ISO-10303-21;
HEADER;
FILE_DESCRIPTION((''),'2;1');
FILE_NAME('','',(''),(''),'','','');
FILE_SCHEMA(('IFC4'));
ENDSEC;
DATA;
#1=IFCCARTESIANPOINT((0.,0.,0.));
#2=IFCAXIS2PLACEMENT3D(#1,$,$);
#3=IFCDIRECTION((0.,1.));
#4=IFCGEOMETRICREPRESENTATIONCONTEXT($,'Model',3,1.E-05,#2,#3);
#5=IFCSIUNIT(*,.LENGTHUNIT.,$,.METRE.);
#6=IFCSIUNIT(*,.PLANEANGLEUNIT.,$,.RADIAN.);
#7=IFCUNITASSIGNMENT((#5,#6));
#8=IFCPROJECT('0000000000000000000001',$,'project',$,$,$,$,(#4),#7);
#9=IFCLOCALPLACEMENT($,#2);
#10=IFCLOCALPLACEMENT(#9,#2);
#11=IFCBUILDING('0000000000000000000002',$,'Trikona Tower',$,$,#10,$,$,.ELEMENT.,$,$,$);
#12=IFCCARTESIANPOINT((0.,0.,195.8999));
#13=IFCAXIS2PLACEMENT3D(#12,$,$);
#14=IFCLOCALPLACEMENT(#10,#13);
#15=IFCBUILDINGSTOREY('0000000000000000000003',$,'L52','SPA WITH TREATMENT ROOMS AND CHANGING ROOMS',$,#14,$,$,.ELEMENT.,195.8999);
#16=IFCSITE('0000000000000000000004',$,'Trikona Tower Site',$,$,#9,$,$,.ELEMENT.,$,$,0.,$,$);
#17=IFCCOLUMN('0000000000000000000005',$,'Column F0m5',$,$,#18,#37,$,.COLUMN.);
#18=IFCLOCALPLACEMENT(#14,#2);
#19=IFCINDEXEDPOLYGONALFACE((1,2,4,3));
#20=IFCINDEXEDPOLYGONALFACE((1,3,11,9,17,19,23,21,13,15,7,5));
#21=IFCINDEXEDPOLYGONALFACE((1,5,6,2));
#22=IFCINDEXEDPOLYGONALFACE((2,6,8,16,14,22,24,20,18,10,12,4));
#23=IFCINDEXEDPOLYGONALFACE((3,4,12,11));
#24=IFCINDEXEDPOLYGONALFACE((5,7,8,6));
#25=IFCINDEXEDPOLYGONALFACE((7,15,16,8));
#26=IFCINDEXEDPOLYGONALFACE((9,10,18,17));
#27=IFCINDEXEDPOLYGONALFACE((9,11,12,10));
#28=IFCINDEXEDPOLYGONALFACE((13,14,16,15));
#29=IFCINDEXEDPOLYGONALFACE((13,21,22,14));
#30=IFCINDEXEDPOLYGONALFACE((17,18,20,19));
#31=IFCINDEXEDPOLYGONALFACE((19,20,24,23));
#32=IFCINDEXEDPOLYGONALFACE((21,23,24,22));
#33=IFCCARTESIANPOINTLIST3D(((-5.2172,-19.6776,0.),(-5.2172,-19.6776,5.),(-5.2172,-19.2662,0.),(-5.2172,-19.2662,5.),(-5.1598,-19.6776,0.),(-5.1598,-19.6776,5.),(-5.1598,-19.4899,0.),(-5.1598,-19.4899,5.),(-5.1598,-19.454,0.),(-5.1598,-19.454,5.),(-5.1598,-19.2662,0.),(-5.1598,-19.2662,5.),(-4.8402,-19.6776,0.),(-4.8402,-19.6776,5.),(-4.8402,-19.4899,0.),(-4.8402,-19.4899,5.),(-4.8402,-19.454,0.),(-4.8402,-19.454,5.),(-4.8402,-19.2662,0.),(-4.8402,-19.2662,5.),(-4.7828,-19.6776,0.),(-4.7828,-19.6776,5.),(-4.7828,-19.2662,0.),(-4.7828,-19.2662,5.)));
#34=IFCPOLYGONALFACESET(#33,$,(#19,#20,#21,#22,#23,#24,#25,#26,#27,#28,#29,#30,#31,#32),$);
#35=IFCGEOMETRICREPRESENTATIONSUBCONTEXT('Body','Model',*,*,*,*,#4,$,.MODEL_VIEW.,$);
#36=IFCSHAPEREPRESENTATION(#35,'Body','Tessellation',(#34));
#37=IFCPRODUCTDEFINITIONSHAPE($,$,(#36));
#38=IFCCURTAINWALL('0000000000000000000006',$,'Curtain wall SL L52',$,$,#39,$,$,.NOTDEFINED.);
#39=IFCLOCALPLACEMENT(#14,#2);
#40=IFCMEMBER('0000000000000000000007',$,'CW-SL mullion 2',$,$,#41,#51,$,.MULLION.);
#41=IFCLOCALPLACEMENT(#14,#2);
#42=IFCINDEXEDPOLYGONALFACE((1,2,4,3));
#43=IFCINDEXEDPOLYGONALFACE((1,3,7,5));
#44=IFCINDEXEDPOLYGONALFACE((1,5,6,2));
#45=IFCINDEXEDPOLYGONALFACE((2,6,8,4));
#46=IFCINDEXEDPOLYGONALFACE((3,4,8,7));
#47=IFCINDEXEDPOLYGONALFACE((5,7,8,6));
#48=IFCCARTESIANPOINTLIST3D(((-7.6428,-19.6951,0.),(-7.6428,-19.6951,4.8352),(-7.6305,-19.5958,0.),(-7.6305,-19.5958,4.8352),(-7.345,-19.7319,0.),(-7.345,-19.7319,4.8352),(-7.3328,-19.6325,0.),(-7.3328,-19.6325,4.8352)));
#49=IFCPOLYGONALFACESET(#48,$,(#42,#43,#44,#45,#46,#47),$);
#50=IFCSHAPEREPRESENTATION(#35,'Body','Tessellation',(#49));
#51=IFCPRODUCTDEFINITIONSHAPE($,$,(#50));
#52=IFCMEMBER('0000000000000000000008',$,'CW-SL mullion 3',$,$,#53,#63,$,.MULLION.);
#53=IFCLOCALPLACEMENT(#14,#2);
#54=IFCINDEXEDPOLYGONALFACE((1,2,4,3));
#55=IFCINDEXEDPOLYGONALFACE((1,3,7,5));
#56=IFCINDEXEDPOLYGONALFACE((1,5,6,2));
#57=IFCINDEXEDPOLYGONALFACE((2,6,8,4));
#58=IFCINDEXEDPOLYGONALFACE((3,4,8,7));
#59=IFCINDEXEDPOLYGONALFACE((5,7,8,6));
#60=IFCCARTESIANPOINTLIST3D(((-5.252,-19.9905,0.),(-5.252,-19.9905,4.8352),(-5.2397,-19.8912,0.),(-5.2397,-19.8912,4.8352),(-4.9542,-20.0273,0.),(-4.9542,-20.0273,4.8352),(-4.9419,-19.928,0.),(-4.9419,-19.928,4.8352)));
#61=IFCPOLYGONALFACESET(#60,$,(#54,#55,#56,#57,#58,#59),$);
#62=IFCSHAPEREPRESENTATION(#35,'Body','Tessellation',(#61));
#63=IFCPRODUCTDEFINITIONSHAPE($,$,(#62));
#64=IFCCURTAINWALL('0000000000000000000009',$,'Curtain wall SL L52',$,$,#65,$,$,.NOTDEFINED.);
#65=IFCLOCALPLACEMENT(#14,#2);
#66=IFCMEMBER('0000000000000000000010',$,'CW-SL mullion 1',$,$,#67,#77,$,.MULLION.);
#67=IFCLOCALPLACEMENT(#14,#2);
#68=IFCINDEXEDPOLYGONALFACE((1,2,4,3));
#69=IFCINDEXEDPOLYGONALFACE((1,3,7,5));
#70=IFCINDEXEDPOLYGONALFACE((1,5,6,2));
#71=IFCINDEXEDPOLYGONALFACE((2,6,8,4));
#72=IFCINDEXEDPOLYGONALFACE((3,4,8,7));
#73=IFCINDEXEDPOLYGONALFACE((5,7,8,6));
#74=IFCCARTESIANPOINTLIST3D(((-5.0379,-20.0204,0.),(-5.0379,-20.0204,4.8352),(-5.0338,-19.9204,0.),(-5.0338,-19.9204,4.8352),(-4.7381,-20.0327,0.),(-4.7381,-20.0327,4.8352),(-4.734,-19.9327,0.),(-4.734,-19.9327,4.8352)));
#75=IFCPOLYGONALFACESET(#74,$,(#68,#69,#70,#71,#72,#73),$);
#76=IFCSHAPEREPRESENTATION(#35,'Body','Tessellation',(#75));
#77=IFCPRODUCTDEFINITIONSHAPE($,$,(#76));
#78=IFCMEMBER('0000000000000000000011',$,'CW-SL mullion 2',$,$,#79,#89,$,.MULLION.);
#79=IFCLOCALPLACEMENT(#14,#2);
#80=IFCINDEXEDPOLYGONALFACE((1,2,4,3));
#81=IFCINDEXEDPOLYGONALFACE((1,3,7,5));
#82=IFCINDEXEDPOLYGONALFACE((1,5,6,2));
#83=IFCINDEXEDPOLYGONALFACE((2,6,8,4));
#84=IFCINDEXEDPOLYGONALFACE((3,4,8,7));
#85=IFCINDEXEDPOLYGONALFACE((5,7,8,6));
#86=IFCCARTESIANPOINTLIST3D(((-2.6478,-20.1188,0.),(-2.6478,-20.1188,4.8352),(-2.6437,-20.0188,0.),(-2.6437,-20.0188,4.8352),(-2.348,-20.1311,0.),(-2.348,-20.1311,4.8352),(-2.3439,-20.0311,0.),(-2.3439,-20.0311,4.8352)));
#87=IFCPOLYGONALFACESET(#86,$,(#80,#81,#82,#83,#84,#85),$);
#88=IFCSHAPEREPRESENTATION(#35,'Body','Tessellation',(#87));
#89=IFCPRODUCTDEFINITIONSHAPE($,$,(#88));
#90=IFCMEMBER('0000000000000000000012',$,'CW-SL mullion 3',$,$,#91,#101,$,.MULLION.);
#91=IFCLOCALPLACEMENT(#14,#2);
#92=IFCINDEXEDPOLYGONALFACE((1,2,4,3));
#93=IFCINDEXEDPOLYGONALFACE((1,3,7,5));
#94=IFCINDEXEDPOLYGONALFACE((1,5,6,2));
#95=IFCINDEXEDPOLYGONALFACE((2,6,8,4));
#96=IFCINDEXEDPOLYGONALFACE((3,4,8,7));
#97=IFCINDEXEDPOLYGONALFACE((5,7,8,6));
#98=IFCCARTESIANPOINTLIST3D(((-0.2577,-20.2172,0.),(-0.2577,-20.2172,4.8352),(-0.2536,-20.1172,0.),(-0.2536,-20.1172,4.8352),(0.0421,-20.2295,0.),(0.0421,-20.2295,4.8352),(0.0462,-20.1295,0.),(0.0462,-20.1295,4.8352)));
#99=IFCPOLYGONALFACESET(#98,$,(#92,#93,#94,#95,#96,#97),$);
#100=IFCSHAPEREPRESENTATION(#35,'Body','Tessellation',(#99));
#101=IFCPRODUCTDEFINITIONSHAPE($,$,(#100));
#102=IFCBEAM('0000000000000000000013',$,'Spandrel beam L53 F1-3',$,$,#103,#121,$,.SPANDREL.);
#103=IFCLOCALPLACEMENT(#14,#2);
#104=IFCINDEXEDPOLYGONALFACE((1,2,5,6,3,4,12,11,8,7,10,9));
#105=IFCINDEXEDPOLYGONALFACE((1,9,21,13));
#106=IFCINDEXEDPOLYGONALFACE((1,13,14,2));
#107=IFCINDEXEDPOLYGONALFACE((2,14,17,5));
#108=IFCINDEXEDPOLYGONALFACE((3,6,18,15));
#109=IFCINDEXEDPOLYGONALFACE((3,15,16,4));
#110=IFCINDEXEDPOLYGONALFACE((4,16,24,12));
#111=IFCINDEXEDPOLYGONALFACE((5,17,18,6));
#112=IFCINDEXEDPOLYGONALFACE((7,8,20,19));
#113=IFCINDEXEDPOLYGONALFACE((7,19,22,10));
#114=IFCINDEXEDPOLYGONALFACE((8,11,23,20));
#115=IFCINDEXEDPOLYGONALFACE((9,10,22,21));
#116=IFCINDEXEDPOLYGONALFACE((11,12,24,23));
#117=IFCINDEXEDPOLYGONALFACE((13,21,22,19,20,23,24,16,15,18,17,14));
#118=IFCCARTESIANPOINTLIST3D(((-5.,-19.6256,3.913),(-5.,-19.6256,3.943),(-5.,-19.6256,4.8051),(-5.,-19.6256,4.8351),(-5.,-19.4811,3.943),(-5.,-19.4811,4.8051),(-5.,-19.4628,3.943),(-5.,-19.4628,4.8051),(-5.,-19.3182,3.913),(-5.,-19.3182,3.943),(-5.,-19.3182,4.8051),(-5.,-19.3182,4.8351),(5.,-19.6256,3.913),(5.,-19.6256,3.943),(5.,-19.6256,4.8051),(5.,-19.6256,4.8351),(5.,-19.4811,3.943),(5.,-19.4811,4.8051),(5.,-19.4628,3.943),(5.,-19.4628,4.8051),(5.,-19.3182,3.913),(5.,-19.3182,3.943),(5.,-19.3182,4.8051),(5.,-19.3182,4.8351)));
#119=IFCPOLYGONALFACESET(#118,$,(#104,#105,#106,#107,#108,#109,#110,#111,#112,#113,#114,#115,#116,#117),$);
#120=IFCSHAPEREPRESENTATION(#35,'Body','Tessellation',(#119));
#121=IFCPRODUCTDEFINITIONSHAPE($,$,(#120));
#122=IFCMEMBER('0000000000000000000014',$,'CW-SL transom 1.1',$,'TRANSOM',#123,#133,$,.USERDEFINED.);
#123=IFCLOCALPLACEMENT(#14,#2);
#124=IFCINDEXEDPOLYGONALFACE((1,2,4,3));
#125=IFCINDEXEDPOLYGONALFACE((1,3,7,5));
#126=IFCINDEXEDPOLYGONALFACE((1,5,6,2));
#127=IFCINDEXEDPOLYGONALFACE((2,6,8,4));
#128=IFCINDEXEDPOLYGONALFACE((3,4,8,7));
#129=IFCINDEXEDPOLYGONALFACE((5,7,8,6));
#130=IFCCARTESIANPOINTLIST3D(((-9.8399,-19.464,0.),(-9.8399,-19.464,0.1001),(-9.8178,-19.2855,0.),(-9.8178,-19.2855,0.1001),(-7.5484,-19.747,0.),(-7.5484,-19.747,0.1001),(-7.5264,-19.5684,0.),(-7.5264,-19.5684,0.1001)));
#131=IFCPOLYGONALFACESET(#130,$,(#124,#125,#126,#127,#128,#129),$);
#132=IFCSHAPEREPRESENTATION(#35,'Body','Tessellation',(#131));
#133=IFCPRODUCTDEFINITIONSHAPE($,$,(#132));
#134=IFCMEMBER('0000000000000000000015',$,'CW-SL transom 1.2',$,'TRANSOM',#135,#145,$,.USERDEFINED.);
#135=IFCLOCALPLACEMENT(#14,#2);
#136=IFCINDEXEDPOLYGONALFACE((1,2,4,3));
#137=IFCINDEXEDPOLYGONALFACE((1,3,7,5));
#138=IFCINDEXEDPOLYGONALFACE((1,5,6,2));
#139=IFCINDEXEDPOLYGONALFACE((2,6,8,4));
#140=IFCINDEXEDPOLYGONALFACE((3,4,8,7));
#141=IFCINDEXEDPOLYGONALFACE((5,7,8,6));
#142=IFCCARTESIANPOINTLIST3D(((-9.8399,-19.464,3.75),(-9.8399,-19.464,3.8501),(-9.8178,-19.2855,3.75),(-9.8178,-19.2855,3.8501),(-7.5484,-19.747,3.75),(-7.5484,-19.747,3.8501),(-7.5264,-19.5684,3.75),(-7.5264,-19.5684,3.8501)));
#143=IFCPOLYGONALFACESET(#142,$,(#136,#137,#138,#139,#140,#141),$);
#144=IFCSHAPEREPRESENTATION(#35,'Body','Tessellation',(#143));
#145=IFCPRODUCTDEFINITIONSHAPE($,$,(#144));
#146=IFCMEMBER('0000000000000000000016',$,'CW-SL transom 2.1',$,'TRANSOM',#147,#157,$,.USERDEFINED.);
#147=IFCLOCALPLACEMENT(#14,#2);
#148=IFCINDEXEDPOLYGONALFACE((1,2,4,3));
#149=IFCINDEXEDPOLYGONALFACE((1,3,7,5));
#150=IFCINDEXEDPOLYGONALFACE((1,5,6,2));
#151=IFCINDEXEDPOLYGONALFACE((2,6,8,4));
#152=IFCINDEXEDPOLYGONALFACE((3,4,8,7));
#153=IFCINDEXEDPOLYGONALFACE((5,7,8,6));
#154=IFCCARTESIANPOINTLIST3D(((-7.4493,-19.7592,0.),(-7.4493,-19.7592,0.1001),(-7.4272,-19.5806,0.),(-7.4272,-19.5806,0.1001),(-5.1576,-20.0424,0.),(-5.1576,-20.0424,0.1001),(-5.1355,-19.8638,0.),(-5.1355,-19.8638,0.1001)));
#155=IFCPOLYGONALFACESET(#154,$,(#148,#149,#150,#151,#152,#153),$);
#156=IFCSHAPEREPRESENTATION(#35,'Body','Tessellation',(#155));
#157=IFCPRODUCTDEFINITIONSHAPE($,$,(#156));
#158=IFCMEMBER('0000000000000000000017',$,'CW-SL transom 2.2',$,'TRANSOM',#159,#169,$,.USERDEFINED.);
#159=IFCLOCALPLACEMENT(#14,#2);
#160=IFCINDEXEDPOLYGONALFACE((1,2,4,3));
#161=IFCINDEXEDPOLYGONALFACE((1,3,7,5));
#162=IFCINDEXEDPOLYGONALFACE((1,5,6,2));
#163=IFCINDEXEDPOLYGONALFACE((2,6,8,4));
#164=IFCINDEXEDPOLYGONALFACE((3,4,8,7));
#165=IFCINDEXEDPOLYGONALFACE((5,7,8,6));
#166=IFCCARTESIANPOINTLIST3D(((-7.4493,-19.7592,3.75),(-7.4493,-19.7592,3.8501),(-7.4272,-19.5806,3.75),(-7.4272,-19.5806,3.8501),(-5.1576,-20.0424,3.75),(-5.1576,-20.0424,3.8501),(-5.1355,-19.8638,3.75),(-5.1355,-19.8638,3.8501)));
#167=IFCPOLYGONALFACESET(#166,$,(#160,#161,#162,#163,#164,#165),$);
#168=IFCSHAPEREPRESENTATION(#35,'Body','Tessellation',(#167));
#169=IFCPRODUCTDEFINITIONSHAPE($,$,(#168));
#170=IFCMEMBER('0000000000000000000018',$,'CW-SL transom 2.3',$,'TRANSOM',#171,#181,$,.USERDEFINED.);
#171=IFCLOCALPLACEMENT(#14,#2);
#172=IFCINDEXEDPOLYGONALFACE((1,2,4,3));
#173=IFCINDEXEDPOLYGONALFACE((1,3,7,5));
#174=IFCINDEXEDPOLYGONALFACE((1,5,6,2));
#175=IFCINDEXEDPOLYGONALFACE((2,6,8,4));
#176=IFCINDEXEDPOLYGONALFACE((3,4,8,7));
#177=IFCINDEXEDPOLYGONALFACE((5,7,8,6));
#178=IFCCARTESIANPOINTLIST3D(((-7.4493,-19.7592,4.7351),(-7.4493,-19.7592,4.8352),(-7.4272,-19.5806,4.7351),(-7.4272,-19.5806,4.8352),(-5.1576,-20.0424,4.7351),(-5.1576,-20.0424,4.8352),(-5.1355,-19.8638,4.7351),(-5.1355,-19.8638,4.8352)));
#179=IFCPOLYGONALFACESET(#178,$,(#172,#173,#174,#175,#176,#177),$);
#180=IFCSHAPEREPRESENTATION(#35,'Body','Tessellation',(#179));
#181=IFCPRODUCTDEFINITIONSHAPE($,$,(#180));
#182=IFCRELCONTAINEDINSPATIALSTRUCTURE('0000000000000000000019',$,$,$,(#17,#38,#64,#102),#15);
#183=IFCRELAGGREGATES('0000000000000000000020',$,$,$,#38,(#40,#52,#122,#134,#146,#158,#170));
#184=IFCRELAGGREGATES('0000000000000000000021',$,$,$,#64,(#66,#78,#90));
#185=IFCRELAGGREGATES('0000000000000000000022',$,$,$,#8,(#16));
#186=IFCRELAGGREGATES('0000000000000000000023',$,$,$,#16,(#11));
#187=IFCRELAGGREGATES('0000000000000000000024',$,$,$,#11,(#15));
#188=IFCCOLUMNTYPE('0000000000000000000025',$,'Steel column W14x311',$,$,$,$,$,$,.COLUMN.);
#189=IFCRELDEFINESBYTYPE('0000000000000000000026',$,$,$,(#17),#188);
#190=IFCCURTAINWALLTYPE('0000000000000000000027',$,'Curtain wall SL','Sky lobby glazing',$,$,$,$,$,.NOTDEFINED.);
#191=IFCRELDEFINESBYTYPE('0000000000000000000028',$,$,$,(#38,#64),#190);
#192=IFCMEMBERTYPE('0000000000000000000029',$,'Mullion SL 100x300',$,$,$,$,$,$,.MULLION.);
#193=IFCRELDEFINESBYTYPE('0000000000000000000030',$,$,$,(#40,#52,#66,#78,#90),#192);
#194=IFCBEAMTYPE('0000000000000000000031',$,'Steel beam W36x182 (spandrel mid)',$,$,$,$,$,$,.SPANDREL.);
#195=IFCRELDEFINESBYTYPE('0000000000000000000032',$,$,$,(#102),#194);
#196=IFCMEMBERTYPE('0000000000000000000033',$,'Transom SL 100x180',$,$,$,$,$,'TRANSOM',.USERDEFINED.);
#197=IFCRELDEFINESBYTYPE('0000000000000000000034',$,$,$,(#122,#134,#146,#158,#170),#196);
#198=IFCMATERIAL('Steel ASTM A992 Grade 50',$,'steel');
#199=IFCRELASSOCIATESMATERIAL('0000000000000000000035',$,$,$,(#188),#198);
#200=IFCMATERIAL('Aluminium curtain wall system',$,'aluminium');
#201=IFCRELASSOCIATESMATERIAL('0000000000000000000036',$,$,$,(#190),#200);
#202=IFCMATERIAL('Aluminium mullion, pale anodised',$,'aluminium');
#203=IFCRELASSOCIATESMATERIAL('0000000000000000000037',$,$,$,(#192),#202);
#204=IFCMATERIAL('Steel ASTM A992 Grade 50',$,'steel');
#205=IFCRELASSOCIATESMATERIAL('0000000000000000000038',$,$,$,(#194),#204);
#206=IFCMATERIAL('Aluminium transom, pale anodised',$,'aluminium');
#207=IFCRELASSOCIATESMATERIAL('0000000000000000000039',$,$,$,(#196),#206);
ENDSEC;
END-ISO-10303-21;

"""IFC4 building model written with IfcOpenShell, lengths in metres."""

from ifc_helpers import new_model, si_unit, direction, frame, origin, origin_2d, place, context, subcontext, project, spatial, rectangle, i_section, extrude, material, material_profile, profile_set, type_object, element, aggregate, save


model = new_model("IFC4")

# Units and contexts
model_context = context("Model", 3, precision=1e-05, world=origin(), true_north=direction((0.0, 1.0)))
body_context = subcontext(model_context, "Body", "Model", "MODEL_VIEW")
ifc_project = project(units=[si_unit("LENGTHUNIT", "METRE"), si_unit("PLANEANGLEUNIT", "RADIAN")], contexts=[model_context])

# Site, building, storey
site_placement = place(None, origin())
site = spatial("IfcSite", under=ifc_project, at=site_placement, Name="Trikona Tower Site", CompositionType="ELEMENT", RefElevation=0.0)
building_placement = place(site_placement, origin())
building = spatial("IfcBuilding", under=site, at=building_placement, Name="Trikona Tower", CompositionType="ELEMENT")
storey_placement = place(building_placement, frame((0.0, 0.0, 195.8999)))
storey = spatial("IfcBuildingStorey", under=building, at=storey_placement, Name="L52", Description="SPA WITH TREATMENT ROOMS AND CHANGING ROOMS", CompositionType="ELEMENT", Elevation=195.8999)

# Column
ifc_material_1 = material(Name="Steel ASTM A992 Grade 50", Category="steel")
ifc_material_profile_1 = material_profile(ifc_material_1, i_section(OverallWidth=0.4114, OverallDepth=0.4343, WebThickness=0.0359, FlangeThickness=0.0574, at=origin_2d()), Name="W14X311")
ifc_profile_set_1 = profile_set([ifc_material_profile_1], Name="Steel ASTM A992 Grade 50")
column_type = type_object("IfcColumnType", Name="Steel column W14x311", PredefinedType="COLUMN", material=ifc_profile_set_1)
column_placement = place(storey_placement, frame((-5.0, -19.4719, 0.0), z_axis=(0.0, 0.0, 1.0), x_axis=(0.0, -1.0, 0.0)))
element("IfcColumn", 1, at=column_placement, inside=storey, type_object=column_type, Name="Column F0m5", PredefinedType="COLUMN", context=body_context, shape_type="SweptSolid", body=[
    extrude(i_section(OverallWidth=0.4114, OverallDepth=0.4343, WebThickness=0.0359, FlangeThickness=0.0574, at=origin_2d()), origin(), (0.0, 0.0, 1.0), 5.0),
])

# Curtain walls, members
ifc_material_2 = material(Name="Aluminium curtain wall system", Category="aluminium")
curtain_wall_type = type_object("IfcCurtainWallType", Name="Curtain wall SL", Description="Sky lobby glazing", PredefinedType="NOTDEFINED", material=ifc_material_2)
curtain_wall_1_placement = place(storey_placement, origin())
curtain_wall_1 = element("IfcCurtainWall", 2, at=curtain_wall_1_placement, inside=storey, type_object=curtain_wall_type, Name="Curtain wall SL L52", PredefinedType="NOTDEFINED")
ifc_material_3 = material(Name="Aluminium mullion, pale anodised", Category="aluminium")
ifc_material_profile_2 = material_profile(ifc_material_3, rectangle(XDim=0.1001, YDim=0.3, at=origin_2d()), Name="MUL-SL")
ifc_profile_set_2 = profile_set([ifc_material_profile_2], Name="Aluminium mullion, pale anodised")
member_type_1 = type_object("IfcMemberType", Name="Mullion SL 100x300", PredefinedType="MULLION", material=ifc_profile_set_2)
member_1_placement = place(storey_placement, frame((-7.4878, -19.6638, 0.0), z_axis=(0.0, 0.0, 1.0), x_axis=(0.122611, 0.992455, 0.0)))
member_1 = element("IfcMember", 3, at=member_1_placement, type_object=member_type_1, Name="CW-SL mullion 2", PredefinedType="MULLION", context=body_context, shape_type="SweptSolid", body=[
    extrude(rectangle(XDim=0.1001, YDim=0.3, at=origin_2d()), origin(), (0.0, 0.0, 1.0), 4.8352),
])
member_2_placement = place(storey_placement, frame((-5.0969, -19.9592, 0.0), z_axis=(0.0, 0.0, 1.0), x_axis=(0.122611, 0.992455, 0.0)))
member_2 = element("IfcMember", 4, at=member_2_placement, type_object=member_type_1, Name="CW-SL mullion 3", PredefinedType="MULLION", context=body_context, shape_type="SweptSolid", body=[
    extrude(rectangle(XDim=0.1001, YDim=0.3, at=origin_2d()), origin(), (0.0, 0.0, 1.0), 4.8352),
])
curtain_wall_2_placement = place(storey_placement, origin())
curtain_wall_2 = element("IfcCurtainWall", 5, at=curtain_wall_2_placement, inside=storey, type_object=curtain_wall_type, Name="Curtain wall SL L52", PredefinedType="NOTDEFINED")
member_3_placement = place(storey_placement, frame((-4.886, -19.9766, 0.0), z_axis=(0.0, 0.0, 1.0), x_axis=(0.041132, 0.999154, 0.0)))
member_3 = element("IfcMember", 6, at=member_3_placement, type_object=member_type_1, Name="CW-SL mullion 1", PredefinedType="MULLION", context=body_context, shape_type="SweptSolid", body=[
    extrude(rectangle(XDim=0.1001, YDim=0.3, at=origin_2d()), origin(), (0.0, 0.0, 1.0), 4.8352),
])
member_4_placement = place(storey_placement, frame((-2.4958, -20.075, 0.0), z_axis=(0.0, 0.0, 1.0), x_axis=(0.041132, 0.999154, 0.0)))
member_4 = element("IfcMember", 7, at=member_4_placement, type_object=member_type_1, Name="CW-SL mullion 2", PredefinedType="MULLION", context=body_context, shape_type="SweptSolid", body=[
    extrude(rectangle(XDim=0.1001, YDim=0.3, at=origin_2d()), origin(), (0.0, 0.0, 1.0), 4.8352),
])
member_5_placement = place(storey_placement, frame((-0.1057, -20.1733, 0.0), z_axis=(0.0, 0.0, 1.0), x_axis=(0.041132, 0.999154, 0.0)))
member_5 = element("IfcMember", 8, at=member_5_placement, type_object=member_type_1, Name="CW-SL mullion 3", PredefinedType="MULLION", context=body_context, shape_type="SweptSolid", body=[
    extrude(rectangle(XDim=0.1001, YDim=0.3, at=origin_2d()), origin(), (0.0, 0.0, 1.0), 4.8352),
])

# Beam
ifc_material_4 = material(Name="Steel ASTM A992 Grade 50", Category="steel")
ifc_material_profile_3 = material_profile(ifc_material_4, i_section(OverallWidth=0.3074, OverallDepth=0.9221, WebThickness=0.0183, FlangeThickness=0.03, at=origin_2d()), Name="W36X182")
ifc_profile_set_3 = profile_set([ifc_material_profile_3], Name="Steel ASTM A992 Grade 50")
beam_type = type_object("IfcBeamType", Name="Steel beam W36x182 (spandrel mid)", PredefinedType="SPANDREL", material=ifc_profile_set_3)
beam_placement = place(storey_placement, frame((-5.0, -19.4719, 4.374), z_axis=(1.0, 0.0, 0.0), x_axis=(0.0, 1.0, 0.0)))
element("IfcBeam", 9, at=beam_placement, inside=storey, type_object=beam_type, Name="Spandrel beam L53 F1-3", PredefinedType="SPANDREL", context=body_context, shape_type="SweptSolid", body=[
    extrude(i_section(OverallWidth=0.3074, OverallDepth=0.9221, WebThickness=0.0183, FlangeThickness=0.03, at=origin_2d()), origin(), (0.0, 0.0, 1.0), 10.0),
])

# Members
ifc_material_5 = material(Name="Aluminium transom, pale anodised", Category="aluminium")
ifc_material_profile_4 = material_profile(ifc_material_5, rectangle(XDim=0.1799, YDim=0.1001, at=origin_2d()), Name="TRN-SL")
ifc_profile_set_4 = profile_set([ifc_material_profile_4], Name="Aluminium transom, pale anodised")
member_type_2 = type_object("IfcMemberType", Name="Transom SL 100x180", ElementType="TRANSOM", PredefinedType="USERDEFINED", material=ifc_profile_set_4)
member_6_placement = place(storey_placement, frame((-9.8289, -19.3748, 0.05), z_axis=(0.992462, -0.122551, 0.0), x_axis=(0.122551, 0.992462, 0.0)))
member_6 = element("IfcMember", 10, at=member_6_placement, type_object=member_type_2, Name="CW-SL transom 1.1", ObjectType="TRANSOM", PredefinedType="USERDEFINED", context=body_context, shape_type="SweptSolid", body=[
    extrude(rectangle(XDim=0.1799, YDim=0.1001, at=origin_2d()), origin(), (0.0, 0.0, 1.0), 2.3088),
])
member_7_placement = place(storey_placement, frame((-9.8289, -19.3748, 3.8), z_axis=(0.992462, -0.122551, 0.0), x_axis=(0.122551, 0.992462, 0.0)))
member_7 = element("IfcMember", 11, at=member_7_placement, type_object=member_type_2, Name="CW-SL transom 1.2", ObjectType="TRANSOM", PredefinedType="USERDEFINED", context=body_context, shape_type="SweptSolid", body=[
    extrude(rectangle(XDim=0.1799, YDim=0.1001, at=origin_2d()), origin(), (0.0, 0.0, 1.0), 2.3088),
])
member_8_placement = place(storey_placement, frame((-7.4382, -19.6699, 0.05), z_axis=(0.992451, -0.122642, 0.0), x_axis=(0.122642, 0.992451, 0.0)))
member_8 = element("IfcMember", 12, at=member_8_placement, type_object=member_type_2, Name="CW-SL transom 2.1", ObjectType="TRANSOM", PredefinedType="USERDEFINED", context=body_context, shape_type="SweptSolid", body=[
    extrude(rectangle(XDim=0.1799, YDim=0.1001, at=origin_2d()), origin(), (0.0, 0.0, 1.0), 2.3091),
])
member_9_placement = place(storey_placement, frame((-7.4382, -19.6699, 3.8), z_axis=(0.992451, -0.122642, 0.0), x_axis=(0.122642, 0.992451, 0.0)))
member_9 = element("IfcMember", 13, at=member_9_placement, type_object=member_type_2, Name="CW-SL transom 2.2", ObjectType="TRANSOM", PredefinedType="USERDEFINED", context=body_context, shape_type="SweptSolid", body=[
    extrude(rectangle(XDim=0.1799, YDim=0.1001, at=origin_2d()), origin(), (0.0, 0.0, 1.0), 2.3091),
])
member_10_placement = place(storey_placement, frame((-7.4382, -19.6699, 4.7852), z_axis=(0.992451, -0.122642, 0.0), x_axis=(0.122642, 0.992451, 0.0)))
member_10 = element("IfcMember", 14, at=member_10_placement, type_object=member_type_2, Name="CW-SL transom 2.3", ObjectType="TRANSOM", PredefinedType="USERDEFINED", context=body_context, shape_type="SweptSolid", body=[
    extrude(rectangle(XDim=0.1799, YDim=0.1001, at=origin_2d()), origin(), (0.0, 0.0, 1.0), 2.3091),
])

aggregate(curtain_wall_1, [member_1, member_2, member_6, member_7, member_8, member_9, member_10])
aggregate(curtain_wall_2, [member_3, member_4, member_5])

save(model, "model.ifc")
